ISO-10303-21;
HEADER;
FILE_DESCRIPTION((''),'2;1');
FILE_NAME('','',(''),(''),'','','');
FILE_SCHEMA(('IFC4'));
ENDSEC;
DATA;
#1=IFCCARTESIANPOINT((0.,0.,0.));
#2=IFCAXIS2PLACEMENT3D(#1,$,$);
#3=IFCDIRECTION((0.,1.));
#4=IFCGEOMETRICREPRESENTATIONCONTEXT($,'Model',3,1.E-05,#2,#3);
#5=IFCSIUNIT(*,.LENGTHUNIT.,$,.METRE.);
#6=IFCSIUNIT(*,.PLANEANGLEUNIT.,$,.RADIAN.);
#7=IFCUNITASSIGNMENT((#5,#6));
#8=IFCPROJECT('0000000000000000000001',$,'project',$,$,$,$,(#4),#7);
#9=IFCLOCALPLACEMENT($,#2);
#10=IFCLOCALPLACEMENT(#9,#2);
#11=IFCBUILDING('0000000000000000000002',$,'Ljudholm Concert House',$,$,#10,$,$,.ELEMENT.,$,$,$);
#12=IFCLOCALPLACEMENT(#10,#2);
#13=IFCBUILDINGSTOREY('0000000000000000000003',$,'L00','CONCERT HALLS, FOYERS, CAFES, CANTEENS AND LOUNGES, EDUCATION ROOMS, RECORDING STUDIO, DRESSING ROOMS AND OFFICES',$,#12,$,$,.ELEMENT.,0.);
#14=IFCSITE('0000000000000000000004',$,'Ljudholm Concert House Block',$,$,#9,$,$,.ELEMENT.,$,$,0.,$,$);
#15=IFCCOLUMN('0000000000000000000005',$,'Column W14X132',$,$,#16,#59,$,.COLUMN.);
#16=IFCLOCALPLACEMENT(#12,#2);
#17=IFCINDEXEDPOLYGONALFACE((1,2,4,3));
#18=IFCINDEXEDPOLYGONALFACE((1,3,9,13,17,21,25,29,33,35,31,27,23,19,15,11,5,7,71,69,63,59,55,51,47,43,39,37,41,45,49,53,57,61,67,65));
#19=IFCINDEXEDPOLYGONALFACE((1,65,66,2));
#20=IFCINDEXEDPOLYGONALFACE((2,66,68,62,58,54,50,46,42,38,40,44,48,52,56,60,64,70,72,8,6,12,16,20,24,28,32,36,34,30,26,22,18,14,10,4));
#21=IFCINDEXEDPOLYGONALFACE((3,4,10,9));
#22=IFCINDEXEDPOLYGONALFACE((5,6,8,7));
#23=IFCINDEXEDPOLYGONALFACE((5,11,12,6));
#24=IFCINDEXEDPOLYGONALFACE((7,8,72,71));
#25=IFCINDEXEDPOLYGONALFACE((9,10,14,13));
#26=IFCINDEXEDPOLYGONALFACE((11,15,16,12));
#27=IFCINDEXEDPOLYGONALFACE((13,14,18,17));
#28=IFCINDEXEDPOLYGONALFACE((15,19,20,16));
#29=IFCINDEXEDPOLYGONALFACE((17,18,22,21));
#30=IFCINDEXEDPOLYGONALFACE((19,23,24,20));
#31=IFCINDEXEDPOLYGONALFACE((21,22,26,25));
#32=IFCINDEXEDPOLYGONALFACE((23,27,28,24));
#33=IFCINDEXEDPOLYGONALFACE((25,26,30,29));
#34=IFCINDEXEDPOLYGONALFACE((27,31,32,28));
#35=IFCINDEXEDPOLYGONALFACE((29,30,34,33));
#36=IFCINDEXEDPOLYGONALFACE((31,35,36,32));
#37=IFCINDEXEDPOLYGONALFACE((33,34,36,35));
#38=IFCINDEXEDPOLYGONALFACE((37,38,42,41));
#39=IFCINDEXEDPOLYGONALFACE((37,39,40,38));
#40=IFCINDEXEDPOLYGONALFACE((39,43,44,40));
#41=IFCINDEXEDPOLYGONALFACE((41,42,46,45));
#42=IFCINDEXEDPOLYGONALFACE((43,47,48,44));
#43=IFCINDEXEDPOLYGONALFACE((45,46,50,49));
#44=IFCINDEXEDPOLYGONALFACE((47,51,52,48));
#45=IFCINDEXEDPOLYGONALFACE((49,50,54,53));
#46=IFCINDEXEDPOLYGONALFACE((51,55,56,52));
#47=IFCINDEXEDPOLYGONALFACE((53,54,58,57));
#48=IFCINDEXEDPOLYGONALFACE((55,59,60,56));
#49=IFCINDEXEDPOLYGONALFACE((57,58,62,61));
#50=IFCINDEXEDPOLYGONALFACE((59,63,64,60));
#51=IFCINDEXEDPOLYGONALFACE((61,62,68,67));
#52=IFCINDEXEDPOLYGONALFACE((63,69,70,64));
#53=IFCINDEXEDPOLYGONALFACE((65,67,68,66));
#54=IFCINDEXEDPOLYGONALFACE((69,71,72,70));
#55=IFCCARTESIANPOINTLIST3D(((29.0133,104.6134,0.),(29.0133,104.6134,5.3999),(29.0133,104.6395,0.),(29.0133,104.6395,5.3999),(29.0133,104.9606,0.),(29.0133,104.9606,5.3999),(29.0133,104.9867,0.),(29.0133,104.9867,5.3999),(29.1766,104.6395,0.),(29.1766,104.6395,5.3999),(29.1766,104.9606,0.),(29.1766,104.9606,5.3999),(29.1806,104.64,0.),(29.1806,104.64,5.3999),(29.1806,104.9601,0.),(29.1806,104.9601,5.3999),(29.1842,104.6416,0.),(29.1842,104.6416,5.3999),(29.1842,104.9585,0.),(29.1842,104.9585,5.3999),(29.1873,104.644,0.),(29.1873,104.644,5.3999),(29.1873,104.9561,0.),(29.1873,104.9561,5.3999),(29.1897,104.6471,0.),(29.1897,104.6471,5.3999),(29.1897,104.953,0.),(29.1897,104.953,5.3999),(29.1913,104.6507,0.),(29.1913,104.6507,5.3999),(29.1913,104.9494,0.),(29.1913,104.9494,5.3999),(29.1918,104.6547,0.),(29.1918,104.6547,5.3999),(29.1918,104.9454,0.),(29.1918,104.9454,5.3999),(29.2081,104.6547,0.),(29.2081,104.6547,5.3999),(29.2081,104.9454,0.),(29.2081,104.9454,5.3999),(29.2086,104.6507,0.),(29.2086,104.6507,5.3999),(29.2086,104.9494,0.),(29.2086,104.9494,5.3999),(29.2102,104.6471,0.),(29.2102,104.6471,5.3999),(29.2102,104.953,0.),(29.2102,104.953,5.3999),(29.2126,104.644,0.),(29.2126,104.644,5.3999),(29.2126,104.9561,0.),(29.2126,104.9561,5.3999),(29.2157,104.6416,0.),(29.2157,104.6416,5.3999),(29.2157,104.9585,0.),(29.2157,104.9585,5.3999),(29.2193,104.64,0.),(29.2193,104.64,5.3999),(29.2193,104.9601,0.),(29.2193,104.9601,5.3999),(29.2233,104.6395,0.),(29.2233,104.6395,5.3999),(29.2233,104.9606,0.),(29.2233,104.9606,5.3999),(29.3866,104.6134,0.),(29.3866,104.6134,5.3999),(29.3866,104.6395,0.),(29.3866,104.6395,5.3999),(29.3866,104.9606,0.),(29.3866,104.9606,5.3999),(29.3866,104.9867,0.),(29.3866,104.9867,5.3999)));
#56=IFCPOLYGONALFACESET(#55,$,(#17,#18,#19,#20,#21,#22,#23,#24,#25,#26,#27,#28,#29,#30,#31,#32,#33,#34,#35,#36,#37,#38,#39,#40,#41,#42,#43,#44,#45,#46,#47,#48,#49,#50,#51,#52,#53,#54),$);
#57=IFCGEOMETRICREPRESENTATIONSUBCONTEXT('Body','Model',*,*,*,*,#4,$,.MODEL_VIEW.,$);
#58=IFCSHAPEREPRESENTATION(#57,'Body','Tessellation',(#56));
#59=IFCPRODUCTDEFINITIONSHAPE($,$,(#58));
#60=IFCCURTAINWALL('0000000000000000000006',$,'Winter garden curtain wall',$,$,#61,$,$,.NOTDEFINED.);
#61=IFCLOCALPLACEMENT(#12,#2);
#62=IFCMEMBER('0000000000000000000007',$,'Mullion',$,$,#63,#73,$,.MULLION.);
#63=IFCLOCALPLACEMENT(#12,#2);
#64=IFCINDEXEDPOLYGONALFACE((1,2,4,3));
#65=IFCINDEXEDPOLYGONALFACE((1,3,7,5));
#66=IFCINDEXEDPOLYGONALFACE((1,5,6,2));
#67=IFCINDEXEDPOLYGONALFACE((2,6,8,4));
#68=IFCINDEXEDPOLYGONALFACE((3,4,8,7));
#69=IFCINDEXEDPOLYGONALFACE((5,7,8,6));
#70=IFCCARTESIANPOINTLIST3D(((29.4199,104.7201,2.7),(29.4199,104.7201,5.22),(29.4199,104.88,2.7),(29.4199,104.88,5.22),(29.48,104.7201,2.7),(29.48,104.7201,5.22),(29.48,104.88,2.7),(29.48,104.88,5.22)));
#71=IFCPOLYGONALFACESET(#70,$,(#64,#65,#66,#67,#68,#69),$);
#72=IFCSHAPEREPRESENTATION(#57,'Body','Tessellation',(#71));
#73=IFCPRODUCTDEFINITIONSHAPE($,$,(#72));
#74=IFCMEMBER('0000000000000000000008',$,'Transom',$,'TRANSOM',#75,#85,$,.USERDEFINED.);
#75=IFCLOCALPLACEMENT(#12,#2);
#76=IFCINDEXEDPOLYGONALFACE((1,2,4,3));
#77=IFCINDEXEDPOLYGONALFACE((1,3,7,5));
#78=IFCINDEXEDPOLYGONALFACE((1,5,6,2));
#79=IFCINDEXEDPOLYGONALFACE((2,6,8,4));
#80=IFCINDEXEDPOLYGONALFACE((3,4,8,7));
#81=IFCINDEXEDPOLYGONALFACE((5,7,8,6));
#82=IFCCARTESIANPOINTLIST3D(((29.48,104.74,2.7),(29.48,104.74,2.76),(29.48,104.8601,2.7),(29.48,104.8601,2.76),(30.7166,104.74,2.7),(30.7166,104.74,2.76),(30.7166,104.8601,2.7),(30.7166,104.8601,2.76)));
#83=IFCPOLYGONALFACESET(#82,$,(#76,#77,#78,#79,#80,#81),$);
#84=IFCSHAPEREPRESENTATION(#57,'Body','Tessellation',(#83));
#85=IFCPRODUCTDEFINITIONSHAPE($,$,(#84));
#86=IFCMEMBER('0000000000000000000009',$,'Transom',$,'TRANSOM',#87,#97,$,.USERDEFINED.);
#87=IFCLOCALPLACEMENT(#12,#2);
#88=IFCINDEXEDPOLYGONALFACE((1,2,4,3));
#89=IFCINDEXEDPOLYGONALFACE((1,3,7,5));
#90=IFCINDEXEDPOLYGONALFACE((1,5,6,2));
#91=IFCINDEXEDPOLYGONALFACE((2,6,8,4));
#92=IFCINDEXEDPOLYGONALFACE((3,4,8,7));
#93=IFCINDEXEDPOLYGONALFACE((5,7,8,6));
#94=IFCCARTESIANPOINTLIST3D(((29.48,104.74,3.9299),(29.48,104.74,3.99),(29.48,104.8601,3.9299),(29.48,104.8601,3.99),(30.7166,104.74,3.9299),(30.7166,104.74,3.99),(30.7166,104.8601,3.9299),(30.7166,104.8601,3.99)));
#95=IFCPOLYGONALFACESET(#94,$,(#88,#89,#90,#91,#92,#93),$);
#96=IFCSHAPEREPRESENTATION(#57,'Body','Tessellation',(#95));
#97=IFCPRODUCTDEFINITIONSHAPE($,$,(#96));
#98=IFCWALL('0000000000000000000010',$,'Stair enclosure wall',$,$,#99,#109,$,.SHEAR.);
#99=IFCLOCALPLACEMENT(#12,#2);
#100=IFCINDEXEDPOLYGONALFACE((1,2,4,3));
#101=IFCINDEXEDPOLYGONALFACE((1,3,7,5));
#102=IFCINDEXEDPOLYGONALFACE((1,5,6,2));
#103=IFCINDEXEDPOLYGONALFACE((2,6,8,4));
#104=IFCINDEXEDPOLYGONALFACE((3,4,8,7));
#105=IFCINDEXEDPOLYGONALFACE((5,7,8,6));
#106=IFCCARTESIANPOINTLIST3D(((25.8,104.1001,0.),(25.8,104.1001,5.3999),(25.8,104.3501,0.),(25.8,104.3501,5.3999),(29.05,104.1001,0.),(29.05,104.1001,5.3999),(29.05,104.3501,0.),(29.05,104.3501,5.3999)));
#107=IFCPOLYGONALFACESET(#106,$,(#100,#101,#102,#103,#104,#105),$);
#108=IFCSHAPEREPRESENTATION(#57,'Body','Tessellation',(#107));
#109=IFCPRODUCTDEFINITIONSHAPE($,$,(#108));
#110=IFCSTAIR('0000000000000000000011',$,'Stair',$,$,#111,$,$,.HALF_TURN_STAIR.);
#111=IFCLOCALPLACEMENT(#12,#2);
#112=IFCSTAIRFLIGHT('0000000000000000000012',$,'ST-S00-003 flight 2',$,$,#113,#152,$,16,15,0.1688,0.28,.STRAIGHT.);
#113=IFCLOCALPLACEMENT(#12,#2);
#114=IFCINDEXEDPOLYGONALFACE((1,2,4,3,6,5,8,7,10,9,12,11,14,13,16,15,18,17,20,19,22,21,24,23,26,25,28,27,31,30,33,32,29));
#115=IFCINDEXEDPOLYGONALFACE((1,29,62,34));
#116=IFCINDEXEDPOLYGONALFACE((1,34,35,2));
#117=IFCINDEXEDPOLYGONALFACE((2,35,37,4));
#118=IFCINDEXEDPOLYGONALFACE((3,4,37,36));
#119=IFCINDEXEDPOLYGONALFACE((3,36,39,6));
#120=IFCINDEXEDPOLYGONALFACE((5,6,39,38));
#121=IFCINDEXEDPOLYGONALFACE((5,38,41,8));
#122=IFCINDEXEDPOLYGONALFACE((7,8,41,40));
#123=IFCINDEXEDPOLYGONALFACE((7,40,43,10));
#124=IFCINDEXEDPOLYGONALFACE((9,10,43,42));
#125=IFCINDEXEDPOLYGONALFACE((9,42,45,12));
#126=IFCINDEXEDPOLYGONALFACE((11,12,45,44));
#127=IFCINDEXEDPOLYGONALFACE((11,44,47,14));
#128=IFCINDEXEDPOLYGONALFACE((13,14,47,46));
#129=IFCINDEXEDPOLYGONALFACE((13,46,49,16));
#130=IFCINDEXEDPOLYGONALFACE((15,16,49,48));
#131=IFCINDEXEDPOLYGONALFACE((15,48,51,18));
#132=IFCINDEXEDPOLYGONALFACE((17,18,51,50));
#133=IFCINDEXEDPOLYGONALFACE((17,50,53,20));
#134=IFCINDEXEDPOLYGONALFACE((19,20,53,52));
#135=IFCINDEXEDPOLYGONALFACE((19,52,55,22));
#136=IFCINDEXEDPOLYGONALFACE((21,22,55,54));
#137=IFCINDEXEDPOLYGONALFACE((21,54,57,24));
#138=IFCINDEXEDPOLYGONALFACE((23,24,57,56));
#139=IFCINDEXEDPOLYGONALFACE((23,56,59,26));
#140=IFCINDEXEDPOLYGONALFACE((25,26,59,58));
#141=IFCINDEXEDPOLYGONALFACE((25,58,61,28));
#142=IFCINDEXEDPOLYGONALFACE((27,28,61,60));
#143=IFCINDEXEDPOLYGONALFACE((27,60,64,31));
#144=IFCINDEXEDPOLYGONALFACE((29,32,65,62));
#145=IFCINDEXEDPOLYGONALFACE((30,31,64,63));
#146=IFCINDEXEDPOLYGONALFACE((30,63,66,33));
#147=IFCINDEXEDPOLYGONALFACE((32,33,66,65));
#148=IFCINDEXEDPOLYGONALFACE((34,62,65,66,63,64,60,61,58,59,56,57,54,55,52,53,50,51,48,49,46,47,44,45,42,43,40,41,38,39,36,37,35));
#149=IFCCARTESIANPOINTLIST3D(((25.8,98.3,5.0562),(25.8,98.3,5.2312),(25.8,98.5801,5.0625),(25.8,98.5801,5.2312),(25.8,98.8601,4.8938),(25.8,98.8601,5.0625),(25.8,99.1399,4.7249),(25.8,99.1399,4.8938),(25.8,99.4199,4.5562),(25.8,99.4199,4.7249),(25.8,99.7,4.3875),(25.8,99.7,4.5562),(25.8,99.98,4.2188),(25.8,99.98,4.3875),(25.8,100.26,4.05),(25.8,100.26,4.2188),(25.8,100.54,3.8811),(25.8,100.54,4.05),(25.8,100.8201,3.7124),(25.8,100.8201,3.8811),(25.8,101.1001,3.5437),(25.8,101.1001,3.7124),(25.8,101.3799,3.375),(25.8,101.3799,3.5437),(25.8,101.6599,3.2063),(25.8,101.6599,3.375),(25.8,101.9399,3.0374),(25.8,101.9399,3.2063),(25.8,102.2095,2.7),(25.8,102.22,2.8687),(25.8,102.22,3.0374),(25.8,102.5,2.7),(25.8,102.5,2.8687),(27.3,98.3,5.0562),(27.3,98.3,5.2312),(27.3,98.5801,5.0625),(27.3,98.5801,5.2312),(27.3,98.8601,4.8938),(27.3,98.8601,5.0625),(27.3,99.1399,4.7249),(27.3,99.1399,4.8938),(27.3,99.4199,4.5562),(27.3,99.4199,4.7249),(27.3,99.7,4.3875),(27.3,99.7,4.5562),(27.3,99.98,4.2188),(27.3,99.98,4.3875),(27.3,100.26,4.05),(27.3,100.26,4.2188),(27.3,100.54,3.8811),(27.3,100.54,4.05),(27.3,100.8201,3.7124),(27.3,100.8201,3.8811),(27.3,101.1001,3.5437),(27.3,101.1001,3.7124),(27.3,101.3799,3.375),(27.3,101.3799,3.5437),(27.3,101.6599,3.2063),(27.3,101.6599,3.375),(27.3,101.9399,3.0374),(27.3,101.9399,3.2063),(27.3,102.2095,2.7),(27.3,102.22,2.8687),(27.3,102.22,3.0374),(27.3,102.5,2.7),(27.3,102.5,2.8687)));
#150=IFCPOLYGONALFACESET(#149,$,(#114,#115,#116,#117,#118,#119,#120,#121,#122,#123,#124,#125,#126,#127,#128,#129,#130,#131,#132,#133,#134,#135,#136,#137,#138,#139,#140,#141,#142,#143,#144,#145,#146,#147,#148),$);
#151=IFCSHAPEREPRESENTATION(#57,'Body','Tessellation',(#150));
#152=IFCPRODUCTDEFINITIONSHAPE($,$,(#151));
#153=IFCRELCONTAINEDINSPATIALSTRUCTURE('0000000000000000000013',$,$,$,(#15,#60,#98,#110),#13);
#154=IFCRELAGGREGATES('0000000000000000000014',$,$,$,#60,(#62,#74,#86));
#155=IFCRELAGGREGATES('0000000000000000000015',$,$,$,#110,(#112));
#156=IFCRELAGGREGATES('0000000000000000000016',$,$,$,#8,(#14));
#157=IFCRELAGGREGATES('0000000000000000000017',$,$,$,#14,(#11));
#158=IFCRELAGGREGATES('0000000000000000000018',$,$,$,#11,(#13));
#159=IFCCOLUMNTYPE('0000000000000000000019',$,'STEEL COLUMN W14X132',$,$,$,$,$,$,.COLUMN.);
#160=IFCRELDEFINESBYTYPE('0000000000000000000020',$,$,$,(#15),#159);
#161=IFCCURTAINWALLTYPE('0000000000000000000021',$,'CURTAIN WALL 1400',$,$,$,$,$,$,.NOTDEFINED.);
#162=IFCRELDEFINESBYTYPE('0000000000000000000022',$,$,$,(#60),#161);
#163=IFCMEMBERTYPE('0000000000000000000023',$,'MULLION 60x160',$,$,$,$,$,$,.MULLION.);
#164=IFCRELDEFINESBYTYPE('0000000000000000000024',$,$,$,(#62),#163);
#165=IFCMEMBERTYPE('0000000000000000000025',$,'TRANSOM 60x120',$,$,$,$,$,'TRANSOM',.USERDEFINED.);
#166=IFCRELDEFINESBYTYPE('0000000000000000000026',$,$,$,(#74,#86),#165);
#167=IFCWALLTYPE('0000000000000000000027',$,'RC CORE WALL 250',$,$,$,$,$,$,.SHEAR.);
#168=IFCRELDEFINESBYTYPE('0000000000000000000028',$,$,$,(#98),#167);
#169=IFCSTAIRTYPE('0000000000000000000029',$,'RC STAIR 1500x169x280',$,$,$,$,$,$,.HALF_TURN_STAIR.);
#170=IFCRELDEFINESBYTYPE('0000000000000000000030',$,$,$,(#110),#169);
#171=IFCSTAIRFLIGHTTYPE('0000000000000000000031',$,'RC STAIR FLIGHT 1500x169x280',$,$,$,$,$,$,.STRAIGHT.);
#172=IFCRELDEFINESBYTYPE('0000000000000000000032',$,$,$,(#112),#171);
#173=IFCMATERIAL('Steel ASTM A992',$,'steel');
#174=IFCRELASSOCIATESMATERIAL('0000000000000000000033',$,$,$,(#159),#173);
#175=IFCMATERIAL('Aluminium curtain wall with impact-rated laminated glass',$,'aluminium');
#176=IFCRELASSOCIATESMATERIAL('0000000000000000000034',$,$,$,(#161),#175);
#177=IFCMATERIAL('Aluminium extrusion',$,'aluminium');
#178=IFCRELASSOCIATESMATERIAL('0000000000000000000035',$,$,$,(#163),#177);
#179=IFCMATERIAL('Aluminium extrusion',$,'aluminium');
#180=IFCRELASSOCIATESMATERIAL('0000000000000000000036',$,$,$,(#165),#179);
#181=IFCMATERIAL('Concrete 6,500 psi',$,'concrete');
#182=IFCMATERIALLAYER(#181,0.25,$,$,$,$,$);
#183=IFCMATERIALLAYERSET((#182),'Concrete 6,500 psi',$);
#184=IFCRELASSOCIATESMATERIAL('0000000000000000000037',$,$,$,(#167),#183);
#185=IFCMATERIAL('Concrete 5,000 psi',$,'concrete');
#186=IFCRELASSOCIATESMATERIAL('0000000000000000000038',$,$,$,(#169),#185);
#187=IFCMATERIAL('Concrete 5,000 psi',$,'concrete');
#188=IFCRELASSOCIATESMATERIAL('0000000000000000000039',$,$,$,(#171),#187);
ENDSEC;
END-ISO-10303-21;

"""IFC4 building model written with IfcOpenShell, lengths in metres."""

from ifc_helpers import new_model, si_unit, direction, frame, frame_2d, origin, origin_2d, place, context, subcontext, project, spatial, polyline, rectangle, i_section, outline, extrude, material, layer, layer_set, material_profile, profile_set, type_object, element, aggregate, save


model = new_model("IFC4")

# Units and contexts
model_context = context("Model", 3, precision=1e-05, world=origin(), true_north=direction((0.0, 1.0)))
body_context = subcontext(model_context, "Body", "Model", "MODEL_VIEW")
ifc_project = project(units=[si_unit("LENGTHUNIT", "METRE"), si_unit("PLANEANGLEUNIT", "RADIAN")], contexts=[model_context])

# Site, building, storey
site_placement = place(None, origin())
site = spatial("IfcSite", under=ifc_project, at=site_placement, Name="Ljudholm Concert House Block", CompositionType="ELEMENT", RefElevation=0.0)
building_placement = place(site_placement, origin())
building = spatial("IfcBuilding", under=site, at=building_placement, Name="Ljudholm Concert House", CompositionType="ELEMENT")
storey_placement = place(building_placement, origin())
storey = spatial("IfcBuildingStorey", under=building, at=storey_placement, Name="L00", Description="CONCERT HALLS, FOYERS, CAFES, CANTEENS AND LOUNGES, EDUCATION ROOMS, RECORDING STUDIO, DRESSING ROOMS AND OFFICES", CompositionType="ELEMENT", Elevation=0.0)

# Column
ifc_material_1 = material(Name="Steel ASTM A992", Category="steel")
ifc_material_profile_1 = material_profile(ifc_material_1, i_section(OverallWidth=0.3733, OverallDepth=0.3733, WebThickness=0.0164, FlangeThickness=0.0261, FilletRadius=0.0151, at=origin_2d()), Name="W14X132")
ifc_profile_set_1 = profile_set([ifc_material_profile_1], Name="Steel ASTM A992")
column_type = type_object("IfcColumnType", Name="STEEL COLUMN W14X132", PredefinedType="COLUMN", material=ifc_profile_set_1)
column_placement = place(storey_placement, frame((29.2, 104.8, 0.0), z_axis=(0.0, 0.0, 1.0), x_axis=(1.0, 0.0, 0.0)))
element("IfcColumn", 1, at=column_placement, inside=storey, type_object=column_type, Name="Column W14X132", PredefinedType="COLUMN", context=body_context, shape_type="SweptSolid", body=[
    extrude(i_section(OverallWidth=0.3733, OverallDepth=0.3733, WebThickness=0.0164, FlangeThickness=0.0261, FilletRadius=0.0151, at=origin_2d()), origin(), (0.0, 0.0, 1.0), 5.3999),
])

# Curtain wall, members
ifc_material_2 = material(Name="Aluminium curtain wall with impact-rated laminated glass", Category="aluminium")
curtain_wall_type = type_object("IfcCurtainWallType", Name="CURTAIN WALL 1400", PredefinedType="NOTDEFINED", material=ifc_material_2)
curtain_wall_placement = place(storey_placement, origin())
curtain_wall = element("IfcCurtainWall", 2, at=curtain_wall_placement, inside=storey, type_object=curtain_wall_type, Name="Winter garden curtain wall", PredefinedType="NOTDEFINED")
ifc_material_3 = material(Name="Aluminium extrusion", Category="aluminium")
ifc_material_profile_2 = material_profile(ifc_material_3, rectangle(XDim=0.1599, YDim=0.0601, at=origin_2d()), Name="MULLION 60x160")
ifc_profile_set_2 = profile_set([ifc_material_profile_2], Name="Aluminium extrusion")
member_type_1 = type_object("IfcMemberType", Name="MULLION 60x160", PredefinedType="MULLION", material=ifc_profile_set_2)
member_1_placement = place(storey_placement, frame((29.45, 104.8, 2.7), z_axis=(0.0, 0.0, 1.0), x_axis=(0.0, 1.0, 0.0)))
member_1 = element("IfcMember", 3, at=member_1_placement, type_object=member_type_1, Name="Mullion", PredefinedType="MULLION", context=body_context, shape_type="SweptSolid", body=[
    extrude(rectangle(XDim=0.1599, YDim=0.0601, at=origin_2d()), origin(), (0.0, 0.0, 1.0), 2.52),
])
ifc_material_4 = material(Name="Aluminium extrusion", Category="aluminium")
ifc_material_profile_3 = material_profile(ifc_material_4, rectangle(XDim=0.1201, YDim=0.0601, at=origin_2d()), Name="TRANSOM 60x120")
ifc_profile_set_3 = profile_set([ifc_material_profile_3], Name="Aluminium extrusion")
member_type_2 = type_object("IfcMemberType", Name="TRANSOM 60x120", ElementType="TRANSOM", PredefinedType="USERDEFINED", material=ifc_profile_set_3)
member_2_placement = place(storey_placement, frame((29.48, 104.8, 2.73), z_axis=(1.0, 0.0, 0.0), x_axis=(0.0, 1.0, 0.0)))
member_2 = element("IfcMember", 4, at=member_2_placement, type_object=member_type_2, Name="Transom", ObjectType="TRANSOM", PredefinedType="USERDEFINED", context=body_context, shape_type="SweptSolid", body=[
    extrude(rectangle(XDim=0.1201, YDim=0.0601, at=origin_2d()), origin(), (0.0, 0.0, 1.0), 1.2366),
])
member_3_placement = place(storey_placement, frame((29.48, 104.8, 3.96), z_axis=(1.0, 0.0, 0.0), x_axis=(0.0, 1.0, 0.0)))
member_3 = element("IfcMember", 5, at=member_3_placement, type_object=member_type_2, Name="Transom", ObjectType="TRANSOM", PredefinedType="USERDEFINED", context=body_context, shape_type="SweptSolid", body=[
    extrude(rectangle(XDim=0.1201, YDim=0.0601, at=origin_2d()), origin(), (0.0, 0.0, 1.0), 1.2366),
])
aggregate(curtain_wall, [member_1, member_2, member_3])

# Wall
ifc_material_5 = material(Name="Concrete 6,500 psi", Category="concrete")
ifc_layer_1 = layer(ifc_material_5, 0.25)
ifc_layer_set_1 = layer_set([ifc_layer_1], Name="Concrete 6,500 psi")
wall_type_1 = type_object("IfcWallType", Name="RC CORE WALL 250", PredefinedType="SHEAR", material=ifc_layer_set_1)
wall_1_placement = place(storey_placement, frame((25.8, 104.2251, 0.0), z_axis=(0.0, 0.0, 1.0), x_axis=(1.0, 0.0, 0.0)))
element("IfcWall", 6, at=wall_1_placement, inside=storey, type_object=wall_type_1, Name="Stair enclosure wall", PredefinedType="SHEAR", context=body_context, shape_type="SweptSolid", body=[
    extrude(rectangle(XDim=3.25, YDim=0.25, at=frame_2d((1.625, 0.0))), origin(), (0.0, 0.0, 1.0), 5.3999),
])

# Stair, stair flight
ifc_material_6 = material(Name="Concrete 5,000 psi", Category="concrete")
stair_type = type_object("IfcStairType", Name="RC STAIR 1500x169x280", PredefinedType="HALF_TURN_STAIR", material=ifc_material_6)
stair_placement = place(storey_placement, origin())
stair = element("IfcStair", 7, at=stair_placement, inside=storey, type_object=stair_type, Name="Stair", PredefinedType="HALF_TURN_STAIR")
ifc_material_7 = material(Name="Concrete 5,000 psi", Category="concrete")
stair_flight_type = type_object("IfcStairFlightType", Name="RC STAIR FLIGHT 1500x169x280", PredefinedType="STRAIGHT", material=ifc_material_7)
stair_flight_placement = place(storey_placement, frame((26.55, 102.5, 2.7), z_axis=(0.0, 0.0, 1.0), x_axis=(0.0, -1.0, 0.0)))
stair_flight = element("IfcStairFlight", 8, at=stair_flight_placement, type_object=stair_flight_type, Name="ST-S00-003 flight 2", NumberOfRisers=16, NumberOfTreads=15, PredefinedType="STRAIGHT", RiserHeight=0.1688, TreadLength=0.28, context=body_context, shape_type="SweptSolid", body=[
    extrude(outline(polyline([(0.0, 0.0), (0.0, 0.1687), (0.28, 0.1687), (0.28, 0.3374), (0.5601, 0.3374), (0.5601, 0.5063), (0.8401, 0.5063), (0.8401, 0.675), (1.1201, 0.675), (1.1201, 0.8438), (1.3999, 0.8438), (1.3999, 1.0125), (1.6799, 1.0125), (1.6799, 1.1812), (1.96, 1.1812), (1.96, 1.3501), (2.24, 1.3501), (2.24, 1.5188), (2.52, 1.5188), (2.52, 1.6875), (2.8, 1.6875), (2.8, 1.8562), (3.0801, 1.8562), (3.0801, 2.0249), (3.3601, 2.0249), (3.3601, 2.1938), (3.6399, 2.1938), (3.6399, 2.3625), (3.9199, 2.3625), (3.9199, 2.5312), (4.2, 2.5312), (4.2, 2.7), (4.2, 2.3562), (0.2905, 0.0), (0.0, 0.0)])), frame((0.0, 0.75, 0.0), z_axis=(0.0, -1.0, 0.0), x_axis=(1.0, 0.0, 0.0)), (0.0, 0.0, 1.0), 1.5),
])
aggregate(stair, [stair_flight])

save(model, "model.ifc")
